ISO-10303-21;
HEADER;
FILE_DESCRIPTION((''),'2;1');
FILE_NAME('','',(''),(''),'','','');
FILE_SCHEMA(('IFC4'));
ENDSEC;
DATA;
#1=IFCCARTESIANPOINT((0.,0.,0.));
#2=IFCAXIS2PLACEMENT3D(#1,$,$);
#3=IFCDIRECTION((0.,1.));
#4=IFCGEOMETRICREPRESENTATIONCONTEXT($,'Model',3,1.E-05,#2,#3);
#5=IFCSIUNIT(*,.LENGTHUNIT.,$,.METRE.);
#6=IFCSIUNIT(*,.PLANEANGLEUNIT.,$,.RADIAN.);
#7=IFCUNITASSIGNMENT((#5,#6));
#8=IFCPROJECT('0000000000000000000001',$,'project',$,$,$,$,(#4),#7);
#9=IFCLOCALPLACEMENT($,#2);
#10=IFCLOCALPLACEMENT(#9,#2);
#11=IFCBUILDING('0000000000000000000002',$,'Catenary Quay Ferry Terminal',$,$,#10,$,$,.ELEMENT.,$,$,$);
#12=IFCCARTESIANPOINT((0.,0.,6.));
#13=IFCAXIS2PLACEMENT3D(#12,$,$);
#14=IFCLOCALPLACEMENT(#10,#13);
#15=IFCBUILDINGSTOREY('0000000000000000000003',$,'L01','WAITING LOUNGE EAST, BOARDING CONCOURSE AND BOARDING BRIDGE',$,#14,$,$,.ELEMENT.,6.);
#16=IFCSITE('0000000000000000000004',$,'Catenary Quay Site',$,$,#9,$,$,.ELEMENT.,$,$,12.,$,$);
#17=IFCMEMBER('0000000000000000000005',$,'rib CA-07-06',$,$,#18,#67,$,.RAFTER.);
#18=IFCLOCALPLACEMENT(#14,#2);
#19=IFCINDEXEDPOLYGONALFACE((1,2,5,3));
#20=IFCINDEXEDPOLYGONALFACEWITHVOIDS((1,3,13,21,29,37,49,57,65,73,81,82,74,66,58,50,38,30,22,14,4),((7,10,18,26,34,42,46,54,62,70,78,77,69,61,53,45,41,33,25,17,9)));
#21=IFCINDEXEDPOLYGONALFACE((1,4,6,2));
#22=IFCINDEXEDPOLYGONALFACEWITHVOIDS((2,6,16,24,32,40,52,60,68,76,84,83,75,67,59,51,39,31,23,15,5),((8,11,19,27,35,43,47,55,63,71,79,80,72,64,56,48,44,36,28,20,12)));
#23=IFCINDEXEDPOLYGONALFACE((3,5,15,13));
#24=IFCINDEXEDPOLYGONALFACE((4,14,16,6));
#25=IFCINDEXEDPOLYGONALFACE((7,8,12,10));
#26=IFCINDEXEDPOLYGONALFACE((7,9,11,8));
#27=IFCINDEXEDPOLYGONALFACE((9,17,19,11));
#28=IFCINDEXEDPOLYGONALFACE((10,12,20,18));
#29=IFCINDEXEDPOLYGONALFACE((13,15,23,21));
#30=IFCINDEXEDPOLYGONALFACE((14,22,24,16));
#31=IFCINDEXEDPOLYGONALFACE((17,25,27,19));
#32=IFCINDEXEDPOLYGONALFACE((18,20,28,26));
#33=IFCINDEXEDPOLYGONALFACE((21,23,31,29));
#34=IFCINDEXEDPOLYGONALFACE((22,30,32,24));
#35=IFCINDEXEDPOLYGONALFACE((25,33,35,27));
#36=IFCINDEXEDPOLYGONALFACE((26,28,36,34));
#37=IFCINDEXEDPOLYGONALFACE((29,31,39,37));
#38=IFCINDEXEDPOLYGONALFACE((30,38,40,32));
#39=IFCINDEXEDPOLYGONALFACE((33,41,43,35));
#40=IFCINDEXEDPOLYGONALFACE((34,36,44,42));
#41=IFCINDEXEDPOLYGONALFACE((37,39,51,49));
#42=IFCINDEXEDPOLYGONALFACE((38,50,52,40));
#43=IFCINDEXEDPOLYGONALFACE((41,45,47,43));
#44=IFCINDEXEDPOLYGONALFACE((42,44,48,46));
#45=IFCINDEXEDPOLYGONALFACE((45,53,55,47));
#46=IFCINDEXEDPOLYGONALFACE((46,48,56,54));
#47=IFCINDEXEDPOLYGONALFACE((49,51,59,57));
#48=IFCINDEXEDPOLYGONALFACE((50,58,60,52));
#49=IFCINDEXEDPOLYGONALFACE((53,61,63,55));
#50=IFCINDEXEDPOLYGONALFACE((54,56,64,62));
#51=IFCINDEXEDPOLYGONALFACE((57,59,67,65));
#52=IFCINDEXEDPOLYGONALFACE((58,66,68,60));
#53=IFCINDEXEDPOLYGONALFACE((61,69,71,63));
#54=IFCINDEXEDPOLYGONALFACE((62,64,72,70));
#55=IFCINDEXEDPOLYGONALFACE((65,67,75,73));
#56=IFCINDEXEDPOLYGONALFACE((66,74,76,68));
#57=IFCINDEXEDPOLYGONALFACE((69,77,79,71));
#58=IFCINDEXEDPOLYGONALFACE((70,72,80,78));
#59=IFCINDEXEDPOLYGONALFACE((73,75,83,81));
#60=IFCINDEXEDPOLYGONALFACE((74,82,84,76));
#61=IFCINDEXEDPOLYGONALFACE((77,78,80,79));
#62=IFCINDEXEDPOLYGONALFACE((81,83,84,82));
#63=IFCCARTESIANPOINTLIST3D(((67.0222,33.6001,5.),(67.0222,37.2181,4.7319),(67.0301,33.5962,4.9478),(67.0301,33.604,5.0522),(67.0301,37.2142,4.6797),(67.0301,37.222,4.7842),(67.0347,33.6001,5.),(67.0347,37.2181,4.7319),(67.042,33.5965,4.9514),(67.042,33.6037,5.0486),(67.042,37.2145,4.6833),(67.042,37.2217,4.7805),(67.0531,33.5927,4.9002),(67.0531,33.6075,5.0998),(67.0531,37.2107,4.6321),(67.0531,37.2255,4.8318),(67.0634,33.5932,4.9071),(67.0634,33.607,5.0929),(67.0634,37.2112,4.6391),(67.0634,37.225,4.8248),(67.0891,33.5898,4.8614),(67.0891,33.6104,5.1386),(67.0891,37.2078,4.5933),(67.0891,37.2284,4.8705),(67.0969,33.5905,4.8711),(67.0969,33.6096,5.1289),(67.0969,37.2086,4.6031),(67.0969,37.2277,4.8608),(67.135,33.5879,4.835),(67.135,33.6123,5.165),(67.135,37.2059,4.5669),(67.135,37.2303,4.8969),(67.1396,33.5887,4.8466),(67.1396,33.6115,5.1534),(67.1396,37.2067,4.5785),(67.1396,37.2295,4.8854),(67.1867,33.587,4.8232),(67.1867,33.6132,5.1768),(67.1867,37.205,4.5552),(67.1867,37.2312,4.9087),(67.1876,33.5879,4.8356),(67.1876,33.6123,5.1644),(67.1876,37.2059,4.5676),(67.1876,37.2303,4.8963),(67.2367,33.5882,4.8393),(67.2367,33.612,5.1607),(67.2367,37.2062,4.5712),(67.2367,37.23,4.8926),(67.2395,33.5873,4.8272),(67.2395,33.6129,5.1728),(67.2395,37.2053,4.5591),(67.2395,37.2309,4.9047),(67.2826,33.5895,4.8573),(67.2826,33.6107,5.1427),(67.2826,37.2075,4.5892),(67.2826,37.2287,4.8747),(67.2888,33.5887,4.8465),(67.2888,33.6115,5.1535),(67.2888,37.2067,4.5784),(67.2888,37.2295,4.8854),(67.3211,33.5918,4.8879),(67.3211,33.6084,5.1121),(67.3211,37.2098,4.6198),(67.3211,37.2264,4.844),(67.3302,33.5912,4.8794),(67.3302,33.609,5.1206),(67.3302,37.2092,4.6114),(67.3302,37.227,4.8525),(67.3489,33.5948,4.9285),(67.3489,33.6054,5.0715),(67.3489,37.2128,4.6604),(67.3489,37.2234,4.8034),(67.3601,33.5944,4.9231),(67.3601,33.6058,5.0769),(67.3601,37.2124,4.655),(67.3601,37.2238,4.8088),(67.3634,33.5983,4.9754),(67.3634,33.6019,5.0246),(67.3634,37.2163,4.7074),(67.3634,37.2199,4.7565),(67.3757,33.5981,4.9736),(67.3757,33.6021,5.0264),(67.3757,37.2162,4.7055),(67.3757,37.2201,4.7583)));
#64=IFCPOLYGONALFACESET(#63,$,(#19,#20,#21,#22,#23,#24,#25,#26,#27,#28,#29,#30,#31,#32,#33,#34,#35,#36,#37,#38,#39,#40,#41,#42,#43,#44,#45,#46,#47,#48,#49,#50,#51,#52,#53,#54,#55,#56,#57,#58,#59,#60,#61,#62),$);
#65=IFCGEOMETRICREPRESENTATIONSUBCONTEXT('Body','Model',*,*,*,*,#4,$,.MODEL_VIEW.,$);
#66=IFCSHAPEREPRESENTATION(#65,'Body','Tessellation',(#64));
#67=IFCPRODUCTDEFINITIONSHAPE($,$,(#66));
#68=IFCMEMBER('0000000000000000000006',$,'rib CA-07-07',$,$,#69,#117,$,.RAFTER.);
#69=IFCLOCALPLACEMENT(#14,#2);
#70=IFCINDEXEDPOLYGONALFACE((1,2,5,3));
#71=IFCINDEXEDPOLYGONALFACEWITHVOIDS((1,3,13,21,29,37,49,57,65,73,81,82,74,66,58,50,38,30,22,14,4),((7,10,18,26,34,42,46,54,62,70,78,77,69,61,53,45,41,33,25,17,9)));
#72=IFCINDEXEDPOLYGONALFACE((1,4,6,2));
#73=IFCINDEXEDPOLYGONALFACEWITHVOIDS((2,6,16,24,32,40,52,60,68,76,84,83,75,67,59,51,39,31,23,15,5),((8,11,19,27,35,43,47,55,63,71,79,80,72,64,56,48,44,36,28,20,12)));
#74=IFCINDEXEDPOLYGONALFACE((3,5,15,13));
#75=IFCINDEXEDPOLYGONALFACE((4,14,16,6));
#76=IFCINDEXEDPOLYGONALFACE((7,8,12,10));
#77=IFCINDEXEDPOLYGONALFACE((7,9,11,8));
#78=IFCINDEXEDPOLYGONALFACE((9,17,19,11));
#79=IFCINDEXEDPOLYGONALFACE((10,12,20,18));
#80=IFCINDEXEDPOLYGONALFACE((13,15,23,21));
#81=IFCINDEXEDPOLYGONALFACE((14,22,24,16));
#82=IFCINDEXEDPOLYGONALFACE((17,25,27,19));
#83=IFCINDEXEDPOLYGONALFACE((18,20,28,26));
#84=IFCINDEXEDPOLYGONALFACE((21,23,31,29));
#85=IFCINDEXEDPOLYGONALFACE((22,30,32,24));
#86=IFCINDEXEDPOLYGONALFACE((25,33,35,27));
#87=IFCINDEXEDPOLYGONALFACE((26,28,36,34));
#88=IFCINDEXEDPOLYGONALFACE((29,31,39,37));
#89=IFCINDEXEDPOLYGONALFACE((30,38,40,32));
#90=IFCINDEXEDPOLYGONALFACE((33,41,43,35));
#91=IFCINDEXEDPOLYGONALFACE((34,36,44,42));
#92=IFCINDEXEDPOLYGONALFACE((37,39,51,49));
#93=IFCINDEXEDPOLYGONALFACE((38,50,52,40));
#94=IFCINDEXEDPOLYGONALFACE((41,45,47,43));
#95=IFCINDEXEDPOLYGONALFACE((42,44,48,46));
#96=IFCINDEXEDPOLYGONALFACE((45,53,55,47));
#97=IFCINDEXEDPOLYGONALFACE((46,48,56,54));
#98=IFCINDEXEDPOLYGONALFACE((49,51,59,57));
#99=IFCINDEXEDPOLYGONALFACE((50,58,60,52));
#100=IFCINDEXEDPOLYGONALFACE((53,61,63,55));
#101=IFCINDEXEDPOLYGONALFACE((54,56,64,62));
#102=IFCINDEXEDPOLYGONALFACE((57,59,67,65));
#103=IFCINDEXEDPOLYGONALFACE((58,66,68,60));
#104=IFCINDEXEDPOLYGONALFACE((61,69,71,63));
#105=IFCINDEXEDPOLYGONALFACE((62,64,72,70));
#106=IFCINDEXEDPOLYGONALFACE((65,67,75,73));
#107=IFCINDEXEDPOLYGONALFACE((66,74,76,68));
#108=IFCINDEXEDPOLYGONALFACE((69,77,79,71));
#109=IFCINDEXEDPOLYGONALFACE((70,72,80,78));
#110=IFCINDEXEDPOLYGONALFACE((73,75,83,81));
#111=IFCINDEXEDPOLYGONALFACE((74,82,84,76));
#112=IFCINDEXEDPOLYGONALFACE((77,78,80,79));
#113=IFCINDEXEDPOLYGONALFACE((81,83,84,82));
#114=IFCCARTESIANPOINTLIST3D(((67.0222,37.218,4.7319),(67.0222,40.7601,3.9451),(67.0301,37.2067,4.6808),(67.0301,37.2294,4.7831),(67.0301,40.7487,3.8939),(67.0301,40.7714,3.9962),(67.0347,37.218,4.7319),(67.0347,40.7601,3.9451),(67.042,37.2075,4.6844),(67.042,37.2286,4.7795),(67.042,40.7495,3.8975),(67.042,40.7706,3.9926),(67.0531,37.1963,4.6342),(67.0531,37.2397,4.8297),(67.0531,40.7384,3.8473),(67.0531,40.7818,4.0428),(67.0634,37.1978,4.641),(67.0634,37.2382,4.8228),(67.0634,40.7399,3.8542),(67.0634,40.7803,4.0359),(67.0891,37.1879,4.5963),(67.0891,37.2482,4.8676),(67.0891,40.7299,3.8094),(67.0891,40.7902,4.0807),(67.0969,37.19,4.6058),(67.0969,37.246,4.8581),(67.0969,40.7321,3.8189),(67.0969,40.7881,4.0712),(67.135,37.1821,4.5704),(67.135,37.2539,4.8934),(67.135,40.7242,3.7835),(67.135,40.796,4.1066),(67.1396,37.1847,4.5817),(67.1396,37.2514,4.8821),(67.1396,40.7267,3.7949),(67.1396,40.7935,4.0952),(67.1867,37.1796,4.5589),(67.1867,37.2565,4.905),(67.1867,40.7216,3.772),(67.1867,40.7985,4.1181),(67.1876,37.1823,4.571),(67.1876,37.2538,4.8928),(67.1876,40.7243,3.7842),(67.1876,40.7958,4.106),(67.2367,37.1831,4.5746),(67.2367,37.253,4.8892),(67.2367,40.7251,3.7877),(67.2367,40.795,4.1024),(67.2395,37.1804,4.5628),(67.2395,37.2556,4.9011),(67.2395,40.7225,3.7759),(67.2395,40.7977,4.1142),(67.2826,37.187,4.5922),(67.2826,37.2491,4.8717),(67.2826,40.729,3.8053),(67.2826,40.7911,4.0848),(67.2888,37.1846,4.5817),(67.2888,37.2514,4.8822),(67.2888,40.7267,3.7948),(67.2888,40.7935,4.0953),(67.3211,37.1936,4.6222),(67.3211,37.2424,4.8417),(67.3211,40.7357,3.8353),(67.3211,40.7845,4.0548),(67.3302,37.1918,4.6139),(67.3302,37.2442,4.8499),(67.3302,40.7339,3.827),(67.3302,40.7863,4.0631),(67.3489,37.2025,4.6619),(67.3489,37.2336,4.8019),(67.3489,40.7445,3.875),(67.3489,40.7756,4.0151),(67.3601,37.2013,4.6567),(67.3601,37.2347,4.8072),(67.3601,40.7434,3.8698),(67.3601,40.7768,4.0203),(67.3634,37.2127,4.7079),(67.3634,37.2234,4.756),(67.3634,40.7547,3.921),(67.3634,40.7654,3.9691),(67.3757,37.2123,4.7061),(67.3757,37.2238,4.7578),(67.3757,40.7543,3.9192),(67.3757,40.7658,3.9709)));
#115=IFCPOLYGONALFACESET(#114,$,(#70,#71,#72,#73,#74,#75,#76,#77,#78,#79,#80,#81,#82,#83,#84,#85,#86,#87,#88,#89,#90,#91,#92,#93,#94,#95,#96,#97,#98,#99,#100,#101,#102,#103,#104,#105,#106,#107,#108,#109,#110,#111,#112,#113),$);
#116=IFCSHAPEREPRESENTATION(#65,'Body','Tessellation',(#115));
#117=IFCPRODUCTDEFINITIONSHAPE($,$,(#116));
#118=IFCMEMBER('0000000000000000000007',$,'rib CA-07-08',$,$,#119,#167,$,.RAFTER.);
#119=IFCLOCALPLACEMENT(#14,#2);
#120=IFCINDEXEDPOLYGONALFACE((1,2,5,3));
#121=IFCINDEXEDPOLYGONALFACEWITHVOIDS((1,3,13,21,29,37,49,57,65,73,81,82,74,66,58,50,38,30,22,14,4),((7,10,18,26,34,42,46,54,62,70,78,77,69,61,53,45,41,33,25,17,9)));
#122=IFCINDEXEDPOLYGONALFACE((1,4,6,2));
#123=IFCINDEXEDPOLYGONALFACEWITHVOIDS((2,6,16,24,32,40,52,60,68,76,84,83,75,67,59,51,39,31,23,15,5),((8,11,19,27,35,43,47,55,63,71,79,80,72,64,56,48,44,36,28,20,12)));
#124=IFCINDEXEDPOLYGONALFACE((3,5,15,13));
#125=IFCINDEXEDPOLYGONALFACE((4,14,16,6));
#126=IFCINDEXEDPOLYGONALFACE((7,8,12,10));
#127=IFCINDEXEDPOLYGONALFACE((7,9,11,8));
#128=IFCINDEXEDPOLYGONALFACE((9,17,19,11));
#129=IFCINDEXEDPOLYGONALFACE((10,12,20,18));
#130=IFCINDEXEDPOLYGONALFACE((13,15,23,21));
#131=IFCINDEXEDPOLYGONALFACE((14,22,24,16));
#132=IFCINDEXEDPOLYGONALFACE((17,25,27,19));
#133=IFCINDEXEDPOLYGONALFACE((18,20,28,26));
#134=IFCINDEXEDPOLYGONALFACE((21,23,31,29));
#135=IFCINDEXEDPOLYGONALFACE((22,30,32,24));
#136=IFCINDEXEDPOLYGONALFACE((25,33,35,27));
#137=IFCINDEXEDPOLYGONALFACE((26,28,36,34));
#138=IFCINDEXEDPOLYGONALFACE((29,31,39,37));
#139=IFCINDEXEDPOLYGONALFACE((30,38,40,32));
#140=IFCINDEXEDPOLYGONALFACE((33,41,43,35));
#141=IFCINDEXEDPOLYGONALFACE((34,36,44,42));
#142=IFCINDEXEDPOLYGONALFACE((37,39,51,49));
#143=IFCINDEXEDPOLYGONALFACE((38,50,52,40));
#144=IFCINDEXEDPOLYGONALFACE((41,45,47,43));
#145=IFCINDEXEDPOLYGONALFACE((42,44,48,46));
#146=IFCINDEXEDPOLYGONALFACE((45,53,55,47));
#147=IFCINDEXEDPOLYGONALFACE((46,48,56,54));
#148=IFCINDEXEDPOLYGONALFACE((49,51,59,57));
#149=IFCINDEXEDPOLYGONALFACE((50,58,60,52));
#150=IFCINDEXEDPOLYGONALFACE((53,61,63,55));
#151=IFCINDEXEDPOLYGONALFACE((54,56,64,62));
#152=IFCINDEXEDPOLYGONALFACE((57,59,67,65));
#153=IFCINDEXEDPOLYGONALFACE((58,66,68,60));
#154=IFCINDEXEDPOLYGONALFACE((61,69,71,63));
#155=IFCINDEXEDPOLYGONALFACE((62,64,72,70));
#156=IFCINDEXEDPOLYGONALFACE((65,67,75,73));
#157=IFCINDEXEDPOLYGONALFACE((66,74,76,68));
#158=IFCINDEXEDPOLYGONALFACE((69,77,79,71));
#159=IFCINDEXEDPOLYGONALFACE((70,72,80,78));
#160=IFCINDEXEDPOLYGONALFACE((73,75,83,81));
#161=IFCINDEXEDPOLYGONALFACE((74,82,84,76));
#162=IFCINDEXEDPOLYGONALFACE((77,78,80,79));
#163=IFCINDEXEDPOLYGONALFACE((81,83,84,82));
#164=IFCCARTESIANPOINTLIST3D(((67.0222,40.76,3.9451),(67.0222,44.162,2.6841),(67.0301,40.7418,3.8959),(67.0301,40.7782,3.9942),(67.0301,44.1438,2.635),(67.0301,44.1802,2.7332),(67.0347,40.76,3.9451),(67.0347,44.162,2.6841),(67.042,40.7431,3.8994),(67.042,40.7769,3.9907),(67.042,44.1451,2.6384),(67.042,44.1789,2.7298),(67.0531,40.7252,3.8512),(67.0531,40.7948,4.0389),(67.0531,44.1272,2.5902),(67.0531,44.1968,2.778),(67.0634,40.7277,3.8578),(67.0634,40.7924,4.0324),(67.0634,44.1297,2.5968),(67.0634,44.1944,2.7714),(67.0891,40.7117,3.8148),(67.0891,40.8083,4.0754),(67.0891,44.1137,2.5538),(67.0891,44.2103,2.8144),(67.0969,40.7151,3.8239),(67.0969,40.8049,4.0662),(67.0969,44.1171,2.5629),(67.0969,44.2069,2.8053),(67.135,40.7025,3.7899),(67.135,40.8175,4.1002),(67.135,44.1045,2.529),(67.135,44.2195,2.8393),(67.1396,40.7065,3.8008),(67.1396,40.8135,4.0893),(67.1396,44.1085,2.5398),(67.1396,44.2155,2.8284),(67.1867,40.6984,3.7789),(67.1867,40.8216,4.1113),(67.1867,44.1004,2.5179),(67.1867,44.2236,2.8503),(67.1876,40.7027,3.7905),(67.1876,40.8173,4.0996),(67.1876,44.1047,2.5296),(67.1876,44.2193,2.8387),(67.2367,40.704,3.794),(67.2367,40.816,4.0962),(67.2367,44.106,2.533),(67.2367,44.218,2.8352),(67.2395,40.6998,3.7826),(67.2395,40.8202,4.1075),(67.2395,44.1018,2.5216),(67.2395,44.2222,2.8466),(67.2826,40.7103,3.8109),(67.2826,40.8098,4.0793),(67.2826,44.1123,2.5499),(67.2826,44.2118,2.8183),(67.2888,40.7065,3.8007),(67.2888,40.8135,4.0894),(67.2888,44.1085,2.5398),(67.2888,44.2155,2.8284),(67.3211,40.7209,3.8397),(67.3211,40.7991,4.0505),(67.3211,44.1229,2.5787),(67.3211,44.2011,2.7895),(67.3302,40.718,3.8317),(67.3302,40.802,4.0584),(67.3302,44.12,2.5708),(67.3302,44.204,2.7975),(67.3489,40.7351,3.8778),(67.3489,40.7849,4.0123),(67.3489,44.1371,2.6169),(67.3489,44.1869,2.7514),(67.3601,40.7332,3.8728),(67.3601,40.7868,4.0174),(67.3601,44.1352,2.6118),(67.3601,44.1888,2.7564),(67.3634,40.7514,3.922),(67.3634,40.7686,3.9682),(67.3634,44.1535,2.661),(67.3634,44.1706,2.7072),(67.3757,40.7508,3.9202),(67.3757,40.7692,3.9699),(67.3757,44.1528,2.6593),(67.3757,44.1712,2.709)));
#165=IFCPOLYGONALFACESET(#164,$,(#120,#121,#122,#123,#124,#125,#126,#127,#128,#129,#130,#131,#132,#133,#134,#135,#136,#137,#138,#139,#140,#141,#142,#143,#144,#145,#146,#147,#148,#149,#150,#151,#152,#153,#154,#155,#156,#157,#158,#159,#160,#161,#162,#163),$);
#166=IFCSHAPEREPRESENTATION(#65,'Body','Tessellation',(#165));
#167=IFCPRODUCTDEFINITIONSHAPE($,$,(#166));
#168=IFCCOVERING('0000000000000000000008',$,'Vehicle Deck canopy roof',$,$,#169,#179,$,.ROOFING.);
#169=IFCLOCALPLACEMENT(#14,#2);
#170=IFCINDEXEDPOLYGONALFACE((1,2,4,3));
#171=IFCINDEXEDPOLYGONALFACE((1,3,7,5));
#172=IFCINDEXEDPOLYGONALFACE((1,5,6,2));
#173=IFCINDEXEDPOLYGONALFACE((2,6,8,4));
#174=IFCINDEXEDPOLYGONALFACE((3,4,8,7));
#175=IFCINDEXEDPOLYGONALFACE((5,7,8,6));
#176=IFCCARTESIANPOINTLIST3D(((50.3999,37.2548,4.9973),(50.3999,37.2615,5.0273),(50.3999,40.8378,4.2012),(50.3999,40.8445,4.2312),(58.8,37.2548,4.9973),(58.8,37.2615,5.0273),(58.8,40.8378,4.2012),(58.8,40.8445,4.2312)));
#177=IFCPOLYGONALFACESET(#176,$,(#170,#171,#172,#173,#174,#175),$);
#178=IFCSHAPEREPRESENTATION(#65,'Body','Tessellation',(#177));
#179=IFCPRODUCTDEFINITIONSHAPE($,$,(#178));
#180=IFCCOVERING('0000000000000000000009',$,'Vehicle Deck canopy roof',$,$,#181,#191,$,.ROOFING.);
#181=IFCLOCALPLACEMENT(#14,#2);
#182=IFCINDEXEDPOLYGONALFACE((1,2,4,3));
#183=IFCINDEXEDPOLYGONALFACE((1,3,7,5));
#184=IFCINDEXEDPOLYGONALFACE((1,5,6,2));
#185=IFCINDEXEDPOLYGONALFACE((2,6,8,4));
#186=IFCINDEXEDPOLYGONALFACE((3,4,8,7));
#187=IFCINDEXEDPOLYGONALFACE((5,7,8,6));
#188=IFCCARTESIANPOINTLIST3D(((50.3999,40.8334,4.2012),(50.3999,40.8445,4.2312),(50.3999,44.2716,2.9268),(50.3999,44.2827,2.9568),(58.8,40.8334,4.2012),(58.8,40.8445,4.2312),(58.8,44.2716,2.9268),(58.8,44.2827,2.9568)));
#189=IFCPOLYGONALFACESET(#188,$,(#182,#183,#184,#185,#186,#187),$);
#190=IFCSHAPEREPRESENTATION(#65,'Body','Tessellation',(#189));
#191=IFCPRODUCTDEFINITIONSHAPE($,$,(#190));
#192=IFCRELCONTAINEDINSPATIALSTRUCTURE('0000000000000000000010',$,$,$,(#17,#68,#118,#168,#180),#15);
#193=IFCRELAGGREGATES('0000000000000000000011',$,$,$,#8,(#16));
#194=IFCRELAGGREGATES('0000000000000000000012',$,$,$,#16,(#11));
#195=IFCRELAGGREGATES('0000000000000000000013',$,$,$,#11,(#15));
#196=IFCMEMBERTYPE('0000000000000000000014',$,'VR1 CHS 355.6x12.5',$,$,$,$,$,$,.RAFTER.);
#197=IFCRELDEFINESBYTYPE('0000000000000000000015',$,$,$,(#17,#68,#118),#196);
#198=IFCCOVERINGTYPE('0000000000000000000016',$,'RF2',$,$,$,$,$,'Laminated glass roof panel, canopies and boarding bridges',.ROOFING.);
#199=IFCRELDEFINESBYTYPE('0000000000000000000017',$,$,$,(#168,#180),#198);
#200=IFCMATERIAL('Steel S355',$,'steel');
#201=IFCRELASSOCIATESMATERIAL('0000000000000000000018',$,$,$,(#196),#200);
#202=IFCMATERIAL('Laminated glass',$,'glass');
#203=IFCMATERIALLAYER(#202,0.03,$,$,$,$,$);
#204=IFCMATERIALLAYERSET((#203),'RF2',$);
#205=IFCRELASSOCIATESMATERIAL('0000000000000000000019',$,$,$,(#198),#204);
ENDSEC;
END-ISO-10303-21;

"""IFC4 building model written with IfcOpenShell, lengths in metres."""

from ifc_helpers import new_model, si_unit, direction, frame, origin, origin_2d, place, context, subcontext, project, spatial, polyline, hollow_circle, outline, extrude, material, layer, layer_set, material_profile, profile_set, type_object, element, save


model = new_model("IFC4")

# Units and contexts
model_context = context("Model", 3, precision=1e-05, world=origin(), true_north=direction((0.0, 1.0)))
body_context = subcontext(model_context, "Body", "Model", "MODEL_VIEW")
ifc_project = project(units=[si_unit("LENGTHUNIT", "METRE"), si_unit("PLANEANGLEUNIT", "RADIAN")], contexts=[model_context])

# Site, building, storey
site_placement = place(None, origin())
site = spatial("IfcSite", under=ifc_project, at=site_placement, Name="Catenary Quay Site", CompositionType="ELEMENT", RefElevation=12.0)
building_placement = place(site_placement, origin())
building = spatial("IfcBuilding", under=site, at=building_placement, Name="Catenary Quay Ferry Terminal", CompositionType="ELEMENT")
storey_placement = place(building_placement, frame((0.0, 0.0, 6.0)))
storey = spatial("IfcBuildingStorey", under=building, at=storey_placement, Name="L01", Description="WAITING LOUNGE EAST, BOARDING CONCOURSE AND BOARDING BRIDGE", CompositionType="ELEMENT", Elevation=6.0)

# Members
ifc_material_1 = material(Name="Steel S355", Category="steel")
ifc_material_profile_1 = material_profile(ifc_material_1, hollow_circle(Radius=0.1777, WallThickness=0.0125, at=origin_2d()), Name="CHS 355.6x12.5")
ifc_profile_set_1 = profile_set([ifc_material_profile_1], Name="Steel S355")
member_type_1 = type_object("IfcMemberType", Name="VR1 CHS 355.6x12.5", PredefinedType="RAFTER", material=ifc_profile_set_1)
member_1_placement = place(storey_placement, frame((67.2, 33.6001, 5.0), z_axis=(0.0, 0.997266, -0.073892), x_axis=(-1.0, 0.0, 0.0)))
element("IfcMember", 1, at=member_1_placement, inside=storey, type_object=member_type_1, Name="rib CA-07-06", PredefinedType="RAFTER", context=body_context, shape_type="SweptSolid", body=[
    extrude(hollow_circle(Radius=0.1777, WallThickness=0.0125, at=origin_2d()), origin(), (0.0, 0.0, 1.0), 3.6279),
])
member_2_placement = place(storey_placement, frame((67.2, 37.218, 4.7319), z_axis=(0.0, 0.976201, -0.216866), x_axis=(-1.0, 0.0, 0.0)))
element("IfcMember", 2, at=member_2_placement, inside=storey, type_object=member_type_1, Name="rib CA-07-07", PredefinedType="RAFTER", context=body_context, shape_type="SweptSolid", body=[
    extrude(hollow_circle(Radius=0.1777, WallThickness=0.0125, at=origin_2d()), origin(), (0.0, 0.0, 1.0), 3.6284),
])
member_3_placement = place(storey_placement, frame((67.2, 40.76, 3.9451), z_axis=(0.0, 0.937664, -0.347544), x_axis=(-1.0, 0.0, 0.0)))
element("IfcMember", 3, at=member_3_placement, inside=storey, type_object=member_type_1, Name="rib CA-07-08", PredefinedType="RAFTER", context=body_context, shape_type="SweptSolid", body=[
    extrude(hollow_circle(Radius=0.1777, WallThickness=0.0125, at=origin_2d()), origin(), (0.0, 0.0, 1.0), 3.6282),
])

# Coverings
ifc_material_2 = material(Name="Laminated glass", Category="glass")
ifc_layer = layer(ifc_material_2, 0.03)
ifc_layer_set = layer_set([ifc_layer], Name="RF2")
covering_type = type_object("IfcCoveringType", Name="RF2", ElementType="Laminated glass roof panel, canopies and boarding bridges", PredefinedType="ROOFING", material=ifc_layer_set)
covering_1_placement = place(storey_placement, frame((50.3999, 37.2615, 5.0273), z_axis=(0.0, 0.216909, 0.976192), x_axis=(1.0, 0.0, 0.0)))
element("IfcCovering", 4, at=covering_1_placement, inside=storey, type_object=covering_type, Name="Vehicle Deck canopy roof", PredefinedType="ROOFING", context=body_context, shape_type="SweptSolid", body=[
    extrude(outline(polyline([(0.0, 0.0), (8.4001, 0.0), (8.4001, 3.6704), (0.0, 3.6704), (0.0, 0.0)])), origin(), (0.0, 0.0, -1.0), 0.0308),
])
covering_2_placement = place(storey_placement, frame((50.3999, 40.8445, 4.2312), z_axis=(0.0, 0.347553, 0.93766), x_axis=(1.0, 0.0, 0.0)))
element("IfcCovering", 5, at=covering_2_placement, inside=storey, type_object=covering_type, Name="Vehicle Deck canopy roof", PredefinedType="ROOFING", context=body_context, shape_type="SweptSolid", body=[
    extrude(outline(polyline([(0.0, 0.0), (8.4001, 0.0), (8.4001, 3.6668), (0.0, 3.6668), (0.0, 0.0)])), origin(), (0.0, 0.0, -1.0), 0.032),
])

save(model, "model.ifc")
